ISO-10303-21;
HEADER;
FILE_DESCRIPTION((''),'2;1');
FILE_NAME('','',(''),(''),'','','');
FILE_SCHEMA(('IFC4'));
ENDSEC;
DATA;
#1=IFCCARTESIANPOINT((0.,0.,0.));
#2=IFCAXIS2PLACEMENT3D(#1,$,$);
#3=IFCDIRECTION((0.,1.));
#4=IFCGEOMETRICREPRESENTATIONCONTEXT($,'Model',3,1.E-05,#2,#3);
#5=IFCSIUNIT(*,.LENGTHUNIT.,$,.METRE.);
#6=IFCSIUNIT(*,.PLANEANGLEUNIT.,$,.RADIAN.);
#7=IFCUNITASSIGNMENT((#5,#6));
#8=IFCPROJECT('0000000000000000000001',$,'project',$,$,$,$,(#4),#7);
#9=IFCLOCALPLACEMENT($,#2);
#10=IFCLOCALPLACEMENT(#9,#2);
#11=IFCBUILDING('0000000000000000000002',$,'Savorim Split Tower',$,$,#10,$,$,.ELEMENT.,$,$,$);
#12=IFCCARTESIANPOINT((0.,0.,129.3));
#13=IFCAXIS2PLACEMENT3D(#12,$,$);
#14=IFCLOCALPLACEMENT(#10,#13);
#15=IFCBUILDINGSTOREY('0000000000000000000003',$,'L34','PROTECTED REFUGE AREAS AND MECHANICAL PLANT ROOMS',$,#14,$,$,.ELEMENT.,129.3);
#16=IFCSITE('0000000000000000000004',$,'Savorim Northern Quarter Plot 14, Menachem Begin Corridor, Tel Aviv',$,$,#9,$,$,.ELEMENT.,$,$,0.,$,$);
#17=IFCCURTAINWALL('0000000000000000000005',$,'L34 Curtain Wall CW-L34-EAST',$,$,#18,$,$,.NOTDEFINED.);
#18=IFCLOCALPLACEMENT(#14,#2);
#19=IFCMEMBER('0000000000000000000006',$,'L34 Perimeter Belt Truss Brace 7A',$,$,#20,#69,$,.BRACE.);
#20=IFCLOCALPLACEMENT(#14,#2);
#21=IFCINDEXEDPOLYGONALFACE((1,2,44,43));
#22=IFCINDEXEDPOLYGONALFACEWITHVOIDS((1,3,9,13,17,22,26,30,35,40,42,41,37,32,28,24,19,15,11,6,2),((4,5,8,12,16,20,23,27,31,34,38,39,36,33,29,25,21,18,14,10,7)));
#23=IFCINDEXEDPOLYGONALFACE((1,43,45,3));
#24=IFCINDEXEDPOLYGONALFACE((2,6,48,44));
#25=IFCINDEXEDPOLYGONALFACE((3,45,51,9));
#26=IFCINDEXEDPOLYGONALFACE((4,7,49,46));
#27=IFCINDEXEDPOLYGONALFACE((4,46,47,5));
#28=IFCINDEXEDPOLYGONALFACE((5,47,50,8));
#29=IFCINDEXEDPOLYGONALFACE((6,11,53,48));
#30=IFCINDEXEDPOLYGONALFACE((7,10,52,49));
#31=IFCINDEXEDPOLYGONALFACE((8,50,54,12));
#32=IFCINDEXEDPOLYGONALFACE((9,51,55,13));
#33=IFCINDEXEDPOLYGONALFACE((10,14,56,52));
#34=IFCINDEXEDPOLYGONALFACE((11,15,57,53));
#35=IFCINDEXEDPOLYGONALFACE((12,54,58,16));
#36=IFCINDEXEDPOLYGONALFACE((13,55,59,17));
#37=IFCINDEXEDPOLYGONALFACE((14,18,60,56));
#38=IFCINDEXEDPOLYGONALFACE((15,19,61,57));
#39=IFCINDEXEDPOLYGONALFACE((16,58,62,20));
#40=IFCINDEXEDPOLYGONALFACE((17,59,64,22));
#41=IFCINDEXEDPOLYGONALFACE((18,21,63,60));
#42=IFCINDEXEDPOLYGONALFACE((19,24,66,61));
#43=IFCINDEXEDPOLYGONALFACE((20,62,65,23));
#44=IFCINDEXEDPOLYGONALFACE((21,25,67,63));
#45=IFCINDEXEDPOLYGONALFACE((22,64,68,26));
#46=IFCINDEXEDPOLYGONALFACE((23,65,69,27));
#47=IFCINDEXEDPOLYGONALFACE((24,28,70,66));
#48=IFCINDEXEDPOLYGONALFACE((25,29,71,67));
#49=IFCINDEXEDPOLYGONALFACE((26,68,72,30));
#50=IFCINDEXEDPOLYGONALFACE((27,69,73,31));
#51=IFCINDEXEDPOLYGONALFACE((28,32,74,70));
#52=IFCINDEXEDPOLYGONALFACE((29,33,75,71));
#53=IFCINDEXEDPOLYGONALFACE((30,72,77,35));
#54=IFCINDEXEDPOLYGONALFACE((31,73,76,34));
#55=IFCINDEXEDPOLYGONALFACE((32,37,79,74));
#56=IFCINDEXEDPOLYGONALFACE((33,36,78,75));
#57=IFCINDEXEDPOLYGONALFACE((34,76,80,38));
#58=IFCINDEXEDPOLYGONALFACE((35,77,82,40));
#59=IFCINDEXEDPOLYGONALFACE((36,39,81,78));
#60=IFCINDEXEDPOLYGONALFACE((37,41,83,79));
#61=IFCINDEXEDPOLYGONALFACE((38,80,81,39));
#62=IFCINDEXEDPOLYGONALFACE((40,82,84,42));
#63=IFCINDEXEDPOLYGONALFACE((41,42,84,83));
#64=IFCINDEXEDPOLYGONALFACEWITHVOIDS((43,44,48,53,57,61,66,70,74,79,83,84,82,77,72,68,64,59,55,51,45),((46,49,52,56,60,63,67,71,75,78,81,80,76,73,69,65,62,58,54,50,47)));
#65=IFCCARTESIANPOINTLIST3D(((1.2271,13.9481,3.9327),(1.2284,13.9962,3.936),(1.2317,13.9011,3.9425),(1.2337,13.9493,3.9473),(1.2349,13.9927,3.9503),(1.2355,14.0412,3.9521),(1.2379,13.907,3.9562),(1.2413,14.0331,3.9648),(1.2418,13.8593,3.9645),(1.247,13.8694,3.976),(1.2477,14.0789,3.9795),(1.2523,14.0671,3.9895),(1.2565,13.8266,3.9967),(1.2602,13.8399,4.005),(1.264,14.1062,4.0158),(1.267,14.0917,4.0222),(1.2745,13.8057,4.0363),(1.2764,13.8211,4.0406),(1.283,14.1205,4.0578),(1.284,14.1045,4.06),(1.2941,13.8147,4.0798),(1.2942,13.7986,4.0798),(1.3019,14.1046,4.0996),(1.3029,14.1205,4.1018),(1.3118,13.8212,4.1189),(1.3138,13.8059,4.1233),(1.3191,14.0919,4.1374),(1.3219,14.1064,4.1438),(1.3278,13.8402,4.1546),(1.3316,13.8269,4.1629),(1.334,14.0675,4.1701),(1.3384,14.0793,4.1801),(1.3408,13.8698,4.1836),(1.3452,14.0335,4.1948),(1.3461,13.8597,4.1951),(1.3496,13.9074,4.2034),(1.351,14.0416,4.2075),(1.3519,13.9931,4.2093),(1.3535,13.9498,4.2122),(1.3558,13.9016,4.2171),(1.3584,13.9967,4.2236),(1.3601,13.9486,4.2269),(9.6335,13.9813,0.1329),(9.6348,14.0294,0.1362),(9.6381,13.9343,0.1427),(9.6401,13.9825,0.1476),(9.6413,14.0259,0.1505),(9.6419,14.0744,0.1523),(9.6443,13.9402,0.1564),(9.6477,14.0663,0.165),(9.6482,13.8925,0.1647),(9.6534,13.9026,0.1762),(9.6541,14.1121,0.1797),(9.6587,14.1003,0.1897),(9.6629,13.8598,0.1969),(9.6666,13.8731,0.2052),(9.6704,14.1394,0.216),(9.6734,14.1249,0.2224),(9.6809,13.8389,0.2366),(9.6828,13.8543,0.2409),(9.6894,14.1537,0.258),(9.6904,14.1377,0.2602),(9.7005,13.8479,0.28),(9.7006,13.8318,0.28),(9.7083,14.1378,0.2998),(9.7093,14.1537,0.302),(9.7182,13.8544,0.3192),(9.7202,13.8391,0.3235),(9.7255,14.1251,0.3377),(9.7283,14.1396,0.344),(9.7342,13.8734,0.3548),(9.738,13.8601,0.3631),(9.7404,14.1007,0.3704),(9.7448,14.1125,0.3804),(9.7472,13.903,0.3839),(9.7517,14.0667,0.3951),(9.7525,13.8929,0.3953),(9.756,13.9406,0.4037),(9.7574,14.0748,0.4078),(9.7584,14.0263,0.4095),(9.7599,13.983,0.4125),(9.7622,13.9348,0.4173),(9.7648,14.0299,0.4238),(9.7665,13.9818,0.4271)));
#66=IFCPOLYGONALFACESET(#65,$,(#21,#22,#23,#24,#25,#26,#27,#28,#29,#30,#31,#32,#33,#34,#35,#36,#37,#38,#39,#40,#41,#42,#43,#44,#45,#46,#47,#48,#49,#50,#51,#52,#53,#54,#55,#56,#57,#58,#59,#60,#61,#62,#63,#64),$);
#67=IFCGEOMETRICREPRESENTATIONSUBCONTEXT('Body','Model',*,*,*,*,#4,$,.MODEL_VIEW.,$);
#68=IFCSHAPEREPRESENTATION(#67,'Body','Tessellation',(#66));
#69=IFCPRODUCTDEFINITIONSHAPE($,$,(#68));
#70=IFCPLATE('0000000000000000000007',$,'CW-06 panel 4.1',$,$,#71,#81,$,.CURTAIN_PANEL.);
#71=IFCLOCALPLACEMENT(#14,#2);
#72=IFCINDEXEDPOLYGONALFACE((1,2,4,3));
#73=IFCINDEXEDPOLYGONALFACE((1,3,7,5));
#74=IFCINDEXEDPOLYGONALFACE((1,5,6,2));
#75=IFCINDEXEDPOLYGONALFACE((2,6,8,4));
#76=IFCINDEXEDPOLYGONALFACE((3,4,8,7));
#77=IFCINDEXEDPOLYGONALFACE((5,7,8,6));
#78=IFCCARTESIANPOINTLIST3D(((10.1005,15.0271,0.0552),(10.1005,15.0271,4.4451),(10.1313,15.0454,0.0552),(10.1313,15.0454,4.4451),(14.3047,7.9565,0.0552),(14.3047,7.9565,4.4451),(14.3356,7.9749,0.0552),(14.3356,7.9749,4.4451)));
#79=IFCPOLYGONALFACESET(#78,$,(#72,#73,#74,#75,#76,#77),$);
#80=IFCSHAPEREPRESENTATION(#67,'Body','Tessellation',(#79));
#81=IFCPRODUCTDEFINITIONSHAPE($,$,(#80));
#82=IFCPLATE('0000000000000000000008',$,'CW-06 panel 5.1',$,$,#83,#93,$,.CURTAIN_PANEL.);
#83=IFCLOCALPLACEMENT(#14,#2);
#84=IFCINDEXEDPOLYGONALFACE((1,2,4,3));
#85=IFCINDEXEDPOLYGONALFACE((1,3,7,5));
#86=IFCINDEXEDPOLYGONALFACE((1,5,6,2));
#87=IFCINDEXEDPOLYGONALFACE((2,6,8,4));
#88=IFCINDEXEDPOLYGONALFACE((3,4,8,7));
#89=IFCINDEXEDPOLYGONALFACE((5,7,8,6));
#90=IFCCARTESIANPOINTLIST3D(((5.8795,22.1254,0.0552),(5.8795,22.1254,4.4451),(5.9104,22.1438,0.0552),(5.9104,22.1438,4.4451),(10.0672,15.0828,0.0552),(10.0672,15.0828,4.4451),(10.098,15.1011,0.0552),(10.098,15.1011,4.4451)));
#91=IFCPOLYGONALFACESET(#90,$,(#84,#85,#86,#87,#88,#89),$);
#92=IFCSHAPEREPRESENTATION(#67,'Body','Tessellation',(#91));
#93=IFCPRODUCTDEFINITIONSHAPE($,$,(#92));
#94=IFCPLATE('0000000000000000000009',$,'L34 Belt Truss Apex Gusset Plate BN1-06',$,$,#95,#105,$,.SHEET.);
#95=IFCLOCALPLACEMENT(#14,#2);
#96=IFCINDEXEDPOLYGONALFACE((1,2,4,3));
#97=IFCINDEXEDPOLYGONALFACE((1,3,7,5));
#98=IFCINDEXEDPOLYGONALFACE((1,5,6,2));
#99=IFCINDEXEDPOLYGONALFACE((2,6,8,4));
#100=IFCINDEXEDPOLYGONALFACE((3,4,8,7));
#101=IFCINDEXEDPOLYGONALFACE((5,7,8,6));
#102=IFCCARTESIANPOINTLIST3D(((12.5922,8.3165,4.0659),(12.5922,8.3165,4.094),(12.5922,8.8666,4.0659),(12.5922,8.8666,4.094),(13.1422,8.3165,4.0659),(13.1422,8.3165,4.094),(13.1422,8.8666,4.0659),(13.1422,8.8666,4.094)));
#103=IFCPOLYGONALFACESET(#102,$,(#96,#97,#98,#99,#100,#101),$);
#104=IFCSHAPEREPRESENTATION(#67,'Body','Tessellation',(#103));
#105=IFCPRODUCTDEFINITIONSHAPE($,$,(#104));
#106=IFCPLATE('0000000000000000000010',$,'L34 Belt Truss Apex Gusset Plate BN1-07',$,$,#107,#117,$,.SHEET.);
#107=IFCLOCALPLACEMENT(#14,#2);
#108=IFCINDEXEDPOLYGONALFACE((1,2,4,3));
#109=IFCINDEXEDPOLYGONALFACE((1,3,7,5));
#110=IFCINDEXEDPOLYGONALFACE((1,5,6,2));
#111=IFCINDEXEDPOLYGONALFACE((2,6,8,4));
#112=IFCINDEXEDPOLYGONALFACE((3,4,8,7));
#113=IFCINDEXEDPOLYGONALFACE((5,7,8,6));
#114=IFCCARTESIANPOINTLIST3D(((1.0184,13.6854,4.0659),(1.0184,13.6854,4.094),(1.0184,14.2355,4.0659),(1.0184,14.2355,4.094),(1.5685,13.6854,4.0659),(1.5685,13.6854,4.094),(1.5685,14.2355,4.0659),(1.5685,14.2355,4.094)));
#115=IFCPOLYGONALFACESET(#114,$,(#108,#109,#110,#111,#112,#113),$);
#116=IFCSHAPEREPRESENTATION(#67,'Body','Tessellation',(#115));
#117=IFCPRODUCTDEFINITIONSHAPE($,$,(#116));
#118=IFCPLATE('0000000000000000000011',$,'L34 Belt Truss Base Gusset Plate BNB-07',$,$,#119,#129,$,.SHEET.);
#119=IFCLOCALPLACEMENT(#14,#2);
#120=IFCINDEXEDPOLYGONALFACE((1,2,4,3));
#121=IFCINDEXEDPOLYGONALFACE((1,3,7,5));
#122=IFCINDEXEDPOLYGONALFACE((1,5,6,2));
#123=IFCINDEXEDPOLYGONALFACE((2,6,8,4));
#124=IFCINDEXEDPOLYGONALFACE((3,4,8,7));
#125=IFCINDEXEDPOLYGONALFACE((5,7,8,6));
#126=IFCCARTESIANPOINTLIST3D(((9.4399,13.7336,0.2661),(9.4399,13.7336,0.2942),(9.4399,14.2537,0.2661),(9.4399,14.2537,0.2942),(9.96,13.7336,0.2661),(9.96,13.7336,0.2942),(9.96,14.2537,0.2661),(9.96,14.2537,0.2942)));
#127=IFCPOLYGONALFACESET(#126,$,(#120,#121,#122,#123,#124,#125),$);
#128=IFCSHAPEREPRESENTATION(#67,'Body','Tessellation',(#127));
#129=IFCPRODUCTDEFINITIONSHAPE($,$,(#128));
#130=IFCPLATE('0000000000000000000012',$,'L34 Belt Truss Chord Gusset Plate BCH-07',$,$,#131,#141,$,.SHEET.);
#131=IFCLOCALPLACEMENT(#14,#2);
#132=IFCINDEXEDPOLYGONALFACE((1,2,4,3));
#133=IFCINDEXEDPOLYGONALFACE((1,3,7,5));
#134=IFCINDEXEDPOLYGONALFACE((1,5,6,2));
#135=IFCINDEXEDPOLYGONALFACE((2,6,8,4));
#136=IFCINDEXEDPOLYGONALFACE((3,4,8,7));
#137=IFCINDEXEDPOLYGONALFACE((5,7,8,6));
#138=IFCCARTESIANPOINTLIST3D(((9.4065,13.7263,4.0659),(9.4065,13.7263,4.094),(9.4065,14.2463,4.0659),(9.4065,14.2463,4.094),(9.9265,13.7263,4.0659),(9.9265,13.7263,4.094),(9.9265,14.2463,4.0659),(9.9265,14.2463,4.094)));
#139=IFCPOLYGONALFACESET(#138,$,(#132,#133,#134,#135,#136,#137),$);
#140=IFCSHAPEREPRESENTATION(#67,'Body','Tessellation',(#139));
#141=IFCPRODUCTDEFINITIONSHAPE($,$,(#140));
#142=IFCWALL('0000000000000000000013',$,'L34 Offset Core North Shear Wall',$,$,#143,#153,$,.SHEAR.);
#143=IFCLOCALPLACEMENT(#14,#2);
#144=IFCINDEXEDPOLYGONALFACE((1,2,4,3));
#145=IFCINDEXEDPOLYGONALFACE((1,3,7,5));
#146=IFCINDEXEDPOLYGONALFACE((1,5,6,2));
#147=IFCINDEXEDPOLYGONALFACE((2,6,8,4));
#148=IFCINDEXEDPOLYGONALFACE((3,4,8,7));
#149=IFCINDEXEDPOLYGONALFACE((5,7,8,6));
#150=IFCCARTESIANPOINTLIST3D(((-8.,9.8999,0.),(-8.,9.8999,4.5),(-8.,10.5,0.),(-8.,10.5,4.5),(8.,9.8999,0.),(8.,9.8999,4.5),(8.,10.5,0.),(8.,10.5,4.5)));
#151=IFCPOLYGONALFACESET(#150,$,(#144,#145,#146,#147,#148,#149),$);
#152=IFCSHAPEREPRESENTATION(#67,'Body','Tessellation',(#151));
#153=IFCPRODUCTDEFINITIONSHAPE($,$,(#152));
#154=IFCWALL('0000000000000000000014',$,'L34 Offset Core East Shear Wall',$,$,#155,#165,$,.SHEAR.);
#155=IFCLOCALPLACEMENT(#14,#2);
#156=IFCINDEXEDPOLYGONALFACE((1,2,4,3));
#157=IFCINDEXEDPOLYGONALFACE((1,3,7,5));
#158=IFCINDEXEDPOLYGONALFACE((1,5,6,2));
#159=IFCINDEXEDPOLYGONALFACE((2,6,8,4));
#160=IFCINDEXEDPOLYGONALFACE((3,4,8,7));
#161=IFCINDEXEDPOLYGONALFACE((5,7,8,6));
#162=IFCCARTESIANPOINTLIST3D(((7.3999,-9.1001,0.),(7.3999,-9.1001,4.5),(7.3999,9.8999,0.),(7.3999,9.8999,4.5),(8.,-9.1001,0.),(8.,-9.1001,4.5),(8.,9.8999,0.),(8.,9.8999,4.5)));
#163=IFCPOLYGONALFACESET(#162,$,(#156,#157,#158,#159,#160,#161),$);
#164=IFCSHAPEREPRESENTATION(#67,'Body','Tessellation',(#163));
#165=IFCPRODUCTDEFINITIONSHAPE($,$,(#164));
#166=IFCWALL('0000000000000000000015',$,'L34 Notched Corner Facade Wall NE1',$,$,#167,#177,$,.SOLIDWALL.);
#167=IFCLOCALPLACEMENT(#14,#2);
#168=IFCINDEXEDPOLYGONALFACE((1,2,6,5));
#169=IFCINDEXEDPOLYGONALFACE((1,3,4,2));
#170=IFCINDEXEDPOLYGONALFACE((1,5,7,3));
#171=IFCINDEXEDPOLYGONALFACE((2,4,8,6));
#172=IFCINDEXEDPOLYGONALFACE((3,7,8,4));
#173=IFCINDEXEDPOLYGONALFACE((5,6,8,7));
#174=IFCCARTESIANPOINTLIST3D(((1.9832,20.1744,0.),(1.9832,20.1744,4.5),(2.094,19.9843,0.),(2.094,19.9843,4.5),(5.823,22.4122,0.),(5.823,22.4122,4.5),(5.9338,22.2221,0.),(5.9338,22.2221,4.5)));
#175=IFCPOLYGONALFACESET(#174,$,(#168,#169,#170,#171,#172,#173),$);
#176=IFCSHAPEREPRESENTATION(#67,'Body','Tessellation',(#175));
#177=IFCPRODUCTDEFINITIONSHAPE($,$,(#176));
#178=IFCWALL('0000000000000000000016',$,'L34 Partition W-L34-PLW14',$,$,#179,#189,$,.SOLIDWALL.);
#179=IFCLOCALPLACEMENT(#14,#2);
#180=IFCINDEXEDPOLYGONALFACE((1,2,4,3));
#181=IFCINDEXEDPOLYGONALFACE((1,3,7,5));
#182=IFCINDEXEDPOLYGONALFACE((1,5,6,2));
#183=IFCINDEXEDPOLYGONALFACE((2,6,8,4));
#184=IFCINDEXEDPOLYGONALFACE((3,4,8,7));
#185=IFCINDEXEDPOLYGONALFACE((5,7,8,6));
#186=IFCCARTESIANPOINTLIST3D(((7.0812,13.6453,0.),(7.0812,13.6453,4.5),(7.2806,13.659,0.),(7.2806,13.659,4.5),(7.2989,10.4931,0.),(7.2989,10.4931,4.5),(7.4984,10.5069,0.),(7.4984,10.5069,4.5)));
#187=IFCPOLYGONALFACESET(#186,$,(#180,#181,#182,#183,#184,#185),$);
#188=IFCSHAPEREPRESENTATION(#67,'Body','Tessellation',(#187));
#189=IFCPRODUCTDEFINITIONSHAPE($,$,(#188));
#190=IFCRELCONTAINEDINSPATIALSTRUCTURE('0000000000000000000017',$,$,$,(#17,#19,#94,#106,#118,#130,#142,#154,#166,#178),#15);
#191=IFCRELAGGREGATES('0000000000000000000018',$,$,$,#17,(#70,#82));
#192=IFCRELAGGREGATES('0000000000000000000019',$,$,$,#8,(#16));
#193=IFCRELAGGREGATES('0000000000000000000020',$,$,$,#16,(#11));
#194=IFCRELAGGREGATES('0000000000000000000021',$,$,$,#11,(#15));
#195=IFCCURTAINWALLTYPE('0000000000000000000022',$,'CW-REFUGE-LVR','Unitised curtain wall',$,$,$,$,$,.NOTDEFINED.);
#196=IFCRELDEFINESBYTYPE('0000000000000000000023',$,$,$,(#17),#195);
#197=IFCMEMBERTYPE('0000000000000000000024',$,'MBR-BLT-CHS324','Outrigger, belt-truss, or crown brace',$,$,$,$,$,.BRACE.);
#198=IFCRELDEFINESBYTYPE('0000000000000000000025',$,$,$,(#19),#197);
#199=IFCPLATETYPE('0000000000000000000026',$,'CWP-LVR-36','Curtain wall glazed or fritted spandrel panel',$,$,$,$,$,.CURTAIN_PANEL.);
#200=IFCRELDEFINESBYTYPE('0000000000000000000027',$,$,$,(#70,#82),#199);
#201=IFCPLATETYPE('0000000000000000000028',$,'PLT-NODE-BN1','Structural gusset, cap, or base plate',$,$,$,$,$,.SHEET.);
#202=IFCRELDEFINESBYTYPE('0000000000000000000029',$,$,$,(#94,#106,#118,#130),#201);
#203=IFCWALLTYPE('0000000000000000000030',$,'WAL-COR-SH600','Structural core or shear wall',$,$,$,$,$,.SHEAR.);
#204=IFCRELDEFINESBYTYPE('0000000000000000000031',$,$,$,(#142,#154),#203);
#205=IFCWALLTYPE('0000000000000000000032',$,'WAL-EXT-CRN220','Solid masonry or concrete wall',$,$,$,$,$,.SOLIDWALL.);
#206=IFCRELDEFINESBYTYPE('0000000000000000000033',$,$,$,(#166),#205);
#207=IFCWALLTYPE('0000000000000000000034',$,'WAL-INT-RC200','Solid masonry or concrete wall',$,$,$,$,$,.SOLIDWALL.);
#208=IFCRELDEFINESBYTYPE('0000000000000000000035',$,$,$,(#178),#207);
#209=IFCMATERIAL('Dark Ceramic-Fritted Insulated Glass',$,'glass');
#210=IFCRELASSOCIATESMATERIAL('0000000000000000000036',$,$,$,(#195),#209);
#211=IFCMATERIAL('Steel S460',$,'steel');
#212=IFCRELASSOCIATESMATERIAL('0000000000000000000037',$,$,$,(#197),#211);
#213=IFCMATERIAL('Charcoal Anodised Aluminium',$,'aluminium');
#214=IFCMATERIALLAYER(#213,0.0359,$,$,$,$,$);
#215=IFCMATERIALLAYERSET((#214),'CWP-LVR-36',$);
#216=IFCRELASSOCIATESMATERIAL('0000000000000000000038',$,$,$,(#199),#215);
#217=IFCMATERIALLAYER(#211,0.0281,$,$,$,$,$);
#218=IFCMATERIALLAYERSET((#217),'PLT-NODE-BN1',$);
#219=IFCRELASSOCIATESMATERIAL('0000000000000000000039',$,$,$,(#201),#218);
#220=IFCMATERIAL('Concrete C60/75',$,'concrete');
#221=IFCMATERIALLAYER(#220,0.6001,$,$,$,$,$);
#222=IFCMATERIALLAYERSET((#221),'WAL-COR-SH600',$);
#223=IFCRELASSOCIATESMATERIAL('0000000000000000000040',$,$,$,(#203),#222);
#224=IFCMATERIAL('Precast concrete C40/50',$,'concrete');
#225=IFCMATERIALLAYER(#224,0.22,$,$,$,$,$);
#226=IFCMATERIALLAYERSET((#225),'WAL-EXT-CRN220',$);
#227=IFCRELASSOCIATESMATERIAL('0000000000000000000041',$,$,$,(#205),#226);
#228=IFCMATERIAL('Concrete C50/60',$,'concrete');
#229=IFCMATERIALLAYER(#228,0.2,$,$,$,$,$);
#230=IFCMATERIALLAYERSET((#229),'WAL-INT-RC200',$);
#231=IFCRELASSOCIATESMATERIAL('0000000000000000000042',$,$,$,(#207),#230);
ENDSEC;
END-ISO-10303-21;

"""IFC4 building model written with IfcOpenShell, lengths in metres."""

from ifc_helpers import new_model, si_unit, direction, frame, frame_2d, origin, origin_2d, place, context, subcontext, project, spatial, rectangle, hollow_circle, extrude, material, layer, layer_set, material_profile, profile_set, type_object, element, aggregate, save


model = new_model("IFC4")

# Units and contexts
model_context = context("Model", 3, precision=1e-05, world=origin(), true_north=direction((0.0, 1.0)))
body_context = subcontext(model_context, "Body", "Model", "MODEL_VIEW")
ifc_project = project(units=[si_unit("LENGTHUNIT", "METRE"), si_unit("PLANEANGLEUNIT", "RADIAN")], contexts=[model_context])

# Site, building, storey
site_placement = place(None, origin())
site = spatial("IfcSite", under=ifc_project, at=site_placement, Name="Savorim Northern Quarter Plot 14, Menachem Begin Corridor, Tel Aviv", CompositionType="ELEMENT", RefElevation=0.0)
building_placement = place(site_placement, origin())
building = spatial("IfcBuilding", under=site, at=building_placement, Name="Savorim Split Tower", CompositionType="ELEMENT")
storey_placement = place(building_placement, frame((0.0, 0.0, 129.3)))
storey = spatial("IfcBuildingStorey", under=building, at=storey_placement, Name="L34", Description="PROTECTED REFUGE AREAS AND MECHANICAL PLANT ROOMS", CompositionType="ELEMENT", Elevation=129.3)

# Shared definitions
ifc_material_1 = material(Name="Steel S460", Category="steel")

# Curtain wall
ifc_material_2 = material(Name="Dark Ceramic-Fritted Insulated Glass", Category="glass")
curtain_wall_type = type_object("IfcCurtainWallType", Name="CW-REFUGE-LVR", Description="Unitised curtain wall", PredefinedType="NOTDEFINED", material=ifc_material_2)
curtain_wall_placement = place(storey_placement, origin())
curtain_wall = element("IfcCurtainWall", 1, at=curtain_wall_placement, inside=storey, type_object=curtain_wall_type, Name="L34 Curtain Wall CW-L34-EAST", PredefinedType="NOTDEFINED")
ifc_material_3 = material(Name="Charcoal Anodised Aluminium", Category="aluminium")

# Member
ifc_material_profile_1 = material_profile(ifc_material_1, hollow_circle(Radius=0.1619, WallThickness=0.0161, at=origin_2d()), Name="CHS 323.9x16")
ifc_profile_set_1 = profile_set([ifc_material_profile_1], Name="Steel S460")
member_type_1 = type_object("IfcMemberType", Name="MBR-BLT-CHS324", Description="Outrigger, belt-truss, or crown brace", PredefinedType="BRACE", material=ifc_profile_set_1)
member_1_placement = place(storey_placement, frame((9.7, 13.9937, 0.28), z_axis=(-0.91123, -0.003599, 0.411883), x_axis=(0.00395, -0.999992, 0.0)))
element("IfcMember", 2, at=member_1_placement, inside=storey, type_object=member_type_1, Name="L34 Perimeter Belt Truss Brace 7A", PredefinedType="BRACE", context=body_context, shape_type="SweptSolid", body=[
    extrude(hollow_circle(Radius=0.1619, WallThickness=0.0161, at=origin_2d()), origin(), (0.0, 0.0, 1.0), 9.2253),
])

# Plates
ifc_layer_1 = layer(ifc_material_3, 0.0359)
ifc_layer_set_1 = layer_set([ifc_layer_1], Name="CWP-LVR-36")
plate_type_1 = type_object("IfcPlateType", Name="CWP-LVR-36", Description="Curtain wall glazed or fritted spandrel panel", PredefinedType="CURTAIN_PANEL", material=ifc_layer_set_1)
plate_1_placement = place(storey_placement, frame((12.218, 11.501, 0.0552), z_axis=(0.0, 0.0, 1.0), x_axis=(-0.511091, 0.859527, 0.0)))
plate_1 = element("IfcPlate", 3, at=plate_1_placement, type_object=plate_type_1, Name="CW-06 panel 4.1", PredefinedType="CURTAIN_PANEL", context=body_context, shape_type="SweptSolid", body=[
    extrude(rectangle(XDim=8.2261, YDim=0.0359, at=origin_2d()), origin(), (0.0, 0.0, 1.0), 4.3899),
])
plate_2_placement = place(storey_placement, frame((7.9888, 18.6133, 0.0552), z_axis=(0.0, 0.0, 1.0), x_axis=(-0.511091, 0.859527, 0.0)))
plate_2 = element("IfcPlate", 4, at=plate_2_placement, type_object=plate_type_1, Name="CW-06 panel 5.1", PredefinedType="CURTAIN_PANEL", context=body_context, shape_type="SweptSolid", body=[
    extrude(rectangle(XDim=8.1936, YDim=0.0359, at=origin_2d()), origin(), (0.0, 0.0, 1.0), 4.3899),
])
aggregate(curtain_wall, [plate_1, plate_2])

# Plates
ifc_layer_2 = layer(ifc_material_1, 0.0281)
ifc_layer_set_2 = layer_set([ifc_layer_2], Name="PLT-NODE-BN1")
plate_type_2 = type_object("IfcPlateType", Name="PLT-NODE-BN1", Description="Structural gusset, cap, or base plate", PredefinedType="SHEET", material=ifc_layer_set_2)
for number, where, z_axis, x_axis, name in (
    (5, (12.8672, 8.5916, 4.0659), (0.0, 0.0, 1.0), (1.0, 0.0, 0.0), "L34 Belt Truss Apex Gusset Plate BN1-06"),
    (6, (1.2935, 13.9604, 4.0659), (0.0, 0.0, 1.0), (1.0, 0.0, 0.0), "L34 Belt Truss Apex Gusset Plate BN1-07"),
):
    element("IfcPlate", number, at=place(storey_placement, frame(where, z_axis=z_axis, x_axis=x_axis)), inside=storey, type_object=plate_type_2, Name=name, PredefinedType="SHEET", context=body_context, shape_type="SweptSolid", body=[
        extrude(rectangle(XDim=0.55, YDim=0.55, at=origin_2d()), origin(), (0.0, 0.0, 1.0), 0.0281),
    ])
for number, where, z_axis, x_axis, name in (
    (7, (9.7, 13.9937, 0.2661), (0.0, 0.0, 1.0), (1.0, 0.0, 0.0), "L34 Belt Truss Base Gusset Plate BNB-07"),
    (8, (9.6665, 13.9863, 4.0659), (0.0, 0.0, 1.0), (1.0, 0.0, 0.0), "L34 Belt Truss Chord Gusset Plate BCH-07"),
):
    element("IfcPlate", number, at=place(storey_placement, frame(where, z_axis=z_axis, x_axis=x_axis)), inside=storey, type_object=plate_type_2, Name=name, PredefinedType="SHEET", context=body_context, shape_type="SweptSolid", body=[
        extrude(rectangle(XDim=0.52, YDim=0.52, at=origin_2d()), origin(), (0.0, 0.0, 1.0), 0.0281),
    ])

# Walls
ifc_material_4 = material(Name="Concrete C60/75", Category="concrete")
ifc_layer_3 = layer(ifc_material_4, 0.6001)
ifc_layer_set_3 = layer_set([ifc_layer_3], Name="WAL-COR-SH600")
wall_type_1 = type_object("IfcWallType", Name="WAL-COR-SH600", Description="Structural core or shear wall", PredefinedType="SHEAR", material=ifc_layer_set_3)
wall_1_placement = place(storey_placement, frame((8.0, 10.2, 0.0), z_axis=(0.0, 0.0, 1.0), x_axis=(-1.0, 0.0, 0.0)))
element("IfcWall", 9, at=wall_1_placement, inside=storey, type_object=wall_type_1, Name="L34 Offset Core North Shear Wall", PredefinedType="SHEAR", context=body_context, shape_type="SweptSolid", body=[
    extrude(rectangle(XDim=16.0, YDim=0.6001, at=frame_2d((8.0, 0.0))), origin(), (0.0, 0.0, 1.0), 4.5),
])
wall_2_placement = place(storey_placement, frame((7.7, 9.8999, 0.0), z_axis=(0.0, 0.0, 1.0), x_axis=(0.0, -1.0, 0.0)))
element("IfcWall", 10, at=wall_2_placement, inside=storey, type_object=wall_type_1, Name="L34 Offset Core East Shear Wall", PredefinedType="SHEAR", context=body_context, shape_type="SweptSolid", body=[
    extrude(rectangle(XDim=19.0, YDim=0.6001, at=frame_2d((9.5, 0.0))), origin(), (0.0, 0.0, 1.0), 4.5),
])
ifc_material_5 = material(Name="Precast concrete C40/50", Category="concrete")
ifc_layer_4 = layer(ifc_material_5, 0.22)
ifc_layer_set_4 = layer_set([ifc_layer_4], Name="WAL-EXT-CRN220")
wall_type_2 = type_object("IfcWallType", Name="WAL-EXT-CRN220", Description="Solid masonry or concrete wall", PredefinedType="SOLIDWALL", material=ifc_layer_set_4)
wall_3_placement = place(storey_placement, frame((2.0386, 20.0793, 0.0), z_axis=(0.0, 0.0, 1.0), x_axis=(0.863986, 0.503516, 0.0)))
element("IfcWall", 11, at=wall_3_placement, inside=storey, type_object=wall_type_2, Name="L34 Notched Corner Facade Wall NE1", PredefinedType="SOLIDWALL", context=body_context, shape_type="SweptSolid", body=[
    extrude(rectangle(XDim=4.4443, YDim=0.22, at=frame_2d((2.2222, 0.0))), origin(), (0.0, 0.0, 1.0), 4.5),
])
ifc_material_6 = material(Name="Concrete C50/60", Category="concrete")
ifc_layer_5 = layer(ifc_material_6, 0.2)
ifc_layer_set_5 = layer_set([ifc_layer_5], Name="WAL-INT-RC200")
wall_type_3 = type_object("IfcWallType", Name="WAL-INT-RC200", Description="Solid masonry or concrete wall", PredefinedType="SOLIDWALL", material=ifc_layer_set_5)
wall_4_placement = place(storey_placement, frame((7.3987, 10.5, 0.0), z_axis=(0.0, 0.0, 1.0), x_axis=(-0.068924, 0.997622, 0.0)))
element("IfcWall", 12, at=wall_4_placement, inside=storey, type_object=wall_type_3, Name="L34 Partition W-L34-PLW14", PredefinedType="SOLIDWALL", context=body_context, shape_type="SweptSolid", body=[
    extrude(rectangle(XDim=3.1597, YDim=0.2, at=frame_2d((1.5798, 0.0))), origin(), (0.0, 0.0, 1.0), 4.5),
])

save(model, "model.ifc")
